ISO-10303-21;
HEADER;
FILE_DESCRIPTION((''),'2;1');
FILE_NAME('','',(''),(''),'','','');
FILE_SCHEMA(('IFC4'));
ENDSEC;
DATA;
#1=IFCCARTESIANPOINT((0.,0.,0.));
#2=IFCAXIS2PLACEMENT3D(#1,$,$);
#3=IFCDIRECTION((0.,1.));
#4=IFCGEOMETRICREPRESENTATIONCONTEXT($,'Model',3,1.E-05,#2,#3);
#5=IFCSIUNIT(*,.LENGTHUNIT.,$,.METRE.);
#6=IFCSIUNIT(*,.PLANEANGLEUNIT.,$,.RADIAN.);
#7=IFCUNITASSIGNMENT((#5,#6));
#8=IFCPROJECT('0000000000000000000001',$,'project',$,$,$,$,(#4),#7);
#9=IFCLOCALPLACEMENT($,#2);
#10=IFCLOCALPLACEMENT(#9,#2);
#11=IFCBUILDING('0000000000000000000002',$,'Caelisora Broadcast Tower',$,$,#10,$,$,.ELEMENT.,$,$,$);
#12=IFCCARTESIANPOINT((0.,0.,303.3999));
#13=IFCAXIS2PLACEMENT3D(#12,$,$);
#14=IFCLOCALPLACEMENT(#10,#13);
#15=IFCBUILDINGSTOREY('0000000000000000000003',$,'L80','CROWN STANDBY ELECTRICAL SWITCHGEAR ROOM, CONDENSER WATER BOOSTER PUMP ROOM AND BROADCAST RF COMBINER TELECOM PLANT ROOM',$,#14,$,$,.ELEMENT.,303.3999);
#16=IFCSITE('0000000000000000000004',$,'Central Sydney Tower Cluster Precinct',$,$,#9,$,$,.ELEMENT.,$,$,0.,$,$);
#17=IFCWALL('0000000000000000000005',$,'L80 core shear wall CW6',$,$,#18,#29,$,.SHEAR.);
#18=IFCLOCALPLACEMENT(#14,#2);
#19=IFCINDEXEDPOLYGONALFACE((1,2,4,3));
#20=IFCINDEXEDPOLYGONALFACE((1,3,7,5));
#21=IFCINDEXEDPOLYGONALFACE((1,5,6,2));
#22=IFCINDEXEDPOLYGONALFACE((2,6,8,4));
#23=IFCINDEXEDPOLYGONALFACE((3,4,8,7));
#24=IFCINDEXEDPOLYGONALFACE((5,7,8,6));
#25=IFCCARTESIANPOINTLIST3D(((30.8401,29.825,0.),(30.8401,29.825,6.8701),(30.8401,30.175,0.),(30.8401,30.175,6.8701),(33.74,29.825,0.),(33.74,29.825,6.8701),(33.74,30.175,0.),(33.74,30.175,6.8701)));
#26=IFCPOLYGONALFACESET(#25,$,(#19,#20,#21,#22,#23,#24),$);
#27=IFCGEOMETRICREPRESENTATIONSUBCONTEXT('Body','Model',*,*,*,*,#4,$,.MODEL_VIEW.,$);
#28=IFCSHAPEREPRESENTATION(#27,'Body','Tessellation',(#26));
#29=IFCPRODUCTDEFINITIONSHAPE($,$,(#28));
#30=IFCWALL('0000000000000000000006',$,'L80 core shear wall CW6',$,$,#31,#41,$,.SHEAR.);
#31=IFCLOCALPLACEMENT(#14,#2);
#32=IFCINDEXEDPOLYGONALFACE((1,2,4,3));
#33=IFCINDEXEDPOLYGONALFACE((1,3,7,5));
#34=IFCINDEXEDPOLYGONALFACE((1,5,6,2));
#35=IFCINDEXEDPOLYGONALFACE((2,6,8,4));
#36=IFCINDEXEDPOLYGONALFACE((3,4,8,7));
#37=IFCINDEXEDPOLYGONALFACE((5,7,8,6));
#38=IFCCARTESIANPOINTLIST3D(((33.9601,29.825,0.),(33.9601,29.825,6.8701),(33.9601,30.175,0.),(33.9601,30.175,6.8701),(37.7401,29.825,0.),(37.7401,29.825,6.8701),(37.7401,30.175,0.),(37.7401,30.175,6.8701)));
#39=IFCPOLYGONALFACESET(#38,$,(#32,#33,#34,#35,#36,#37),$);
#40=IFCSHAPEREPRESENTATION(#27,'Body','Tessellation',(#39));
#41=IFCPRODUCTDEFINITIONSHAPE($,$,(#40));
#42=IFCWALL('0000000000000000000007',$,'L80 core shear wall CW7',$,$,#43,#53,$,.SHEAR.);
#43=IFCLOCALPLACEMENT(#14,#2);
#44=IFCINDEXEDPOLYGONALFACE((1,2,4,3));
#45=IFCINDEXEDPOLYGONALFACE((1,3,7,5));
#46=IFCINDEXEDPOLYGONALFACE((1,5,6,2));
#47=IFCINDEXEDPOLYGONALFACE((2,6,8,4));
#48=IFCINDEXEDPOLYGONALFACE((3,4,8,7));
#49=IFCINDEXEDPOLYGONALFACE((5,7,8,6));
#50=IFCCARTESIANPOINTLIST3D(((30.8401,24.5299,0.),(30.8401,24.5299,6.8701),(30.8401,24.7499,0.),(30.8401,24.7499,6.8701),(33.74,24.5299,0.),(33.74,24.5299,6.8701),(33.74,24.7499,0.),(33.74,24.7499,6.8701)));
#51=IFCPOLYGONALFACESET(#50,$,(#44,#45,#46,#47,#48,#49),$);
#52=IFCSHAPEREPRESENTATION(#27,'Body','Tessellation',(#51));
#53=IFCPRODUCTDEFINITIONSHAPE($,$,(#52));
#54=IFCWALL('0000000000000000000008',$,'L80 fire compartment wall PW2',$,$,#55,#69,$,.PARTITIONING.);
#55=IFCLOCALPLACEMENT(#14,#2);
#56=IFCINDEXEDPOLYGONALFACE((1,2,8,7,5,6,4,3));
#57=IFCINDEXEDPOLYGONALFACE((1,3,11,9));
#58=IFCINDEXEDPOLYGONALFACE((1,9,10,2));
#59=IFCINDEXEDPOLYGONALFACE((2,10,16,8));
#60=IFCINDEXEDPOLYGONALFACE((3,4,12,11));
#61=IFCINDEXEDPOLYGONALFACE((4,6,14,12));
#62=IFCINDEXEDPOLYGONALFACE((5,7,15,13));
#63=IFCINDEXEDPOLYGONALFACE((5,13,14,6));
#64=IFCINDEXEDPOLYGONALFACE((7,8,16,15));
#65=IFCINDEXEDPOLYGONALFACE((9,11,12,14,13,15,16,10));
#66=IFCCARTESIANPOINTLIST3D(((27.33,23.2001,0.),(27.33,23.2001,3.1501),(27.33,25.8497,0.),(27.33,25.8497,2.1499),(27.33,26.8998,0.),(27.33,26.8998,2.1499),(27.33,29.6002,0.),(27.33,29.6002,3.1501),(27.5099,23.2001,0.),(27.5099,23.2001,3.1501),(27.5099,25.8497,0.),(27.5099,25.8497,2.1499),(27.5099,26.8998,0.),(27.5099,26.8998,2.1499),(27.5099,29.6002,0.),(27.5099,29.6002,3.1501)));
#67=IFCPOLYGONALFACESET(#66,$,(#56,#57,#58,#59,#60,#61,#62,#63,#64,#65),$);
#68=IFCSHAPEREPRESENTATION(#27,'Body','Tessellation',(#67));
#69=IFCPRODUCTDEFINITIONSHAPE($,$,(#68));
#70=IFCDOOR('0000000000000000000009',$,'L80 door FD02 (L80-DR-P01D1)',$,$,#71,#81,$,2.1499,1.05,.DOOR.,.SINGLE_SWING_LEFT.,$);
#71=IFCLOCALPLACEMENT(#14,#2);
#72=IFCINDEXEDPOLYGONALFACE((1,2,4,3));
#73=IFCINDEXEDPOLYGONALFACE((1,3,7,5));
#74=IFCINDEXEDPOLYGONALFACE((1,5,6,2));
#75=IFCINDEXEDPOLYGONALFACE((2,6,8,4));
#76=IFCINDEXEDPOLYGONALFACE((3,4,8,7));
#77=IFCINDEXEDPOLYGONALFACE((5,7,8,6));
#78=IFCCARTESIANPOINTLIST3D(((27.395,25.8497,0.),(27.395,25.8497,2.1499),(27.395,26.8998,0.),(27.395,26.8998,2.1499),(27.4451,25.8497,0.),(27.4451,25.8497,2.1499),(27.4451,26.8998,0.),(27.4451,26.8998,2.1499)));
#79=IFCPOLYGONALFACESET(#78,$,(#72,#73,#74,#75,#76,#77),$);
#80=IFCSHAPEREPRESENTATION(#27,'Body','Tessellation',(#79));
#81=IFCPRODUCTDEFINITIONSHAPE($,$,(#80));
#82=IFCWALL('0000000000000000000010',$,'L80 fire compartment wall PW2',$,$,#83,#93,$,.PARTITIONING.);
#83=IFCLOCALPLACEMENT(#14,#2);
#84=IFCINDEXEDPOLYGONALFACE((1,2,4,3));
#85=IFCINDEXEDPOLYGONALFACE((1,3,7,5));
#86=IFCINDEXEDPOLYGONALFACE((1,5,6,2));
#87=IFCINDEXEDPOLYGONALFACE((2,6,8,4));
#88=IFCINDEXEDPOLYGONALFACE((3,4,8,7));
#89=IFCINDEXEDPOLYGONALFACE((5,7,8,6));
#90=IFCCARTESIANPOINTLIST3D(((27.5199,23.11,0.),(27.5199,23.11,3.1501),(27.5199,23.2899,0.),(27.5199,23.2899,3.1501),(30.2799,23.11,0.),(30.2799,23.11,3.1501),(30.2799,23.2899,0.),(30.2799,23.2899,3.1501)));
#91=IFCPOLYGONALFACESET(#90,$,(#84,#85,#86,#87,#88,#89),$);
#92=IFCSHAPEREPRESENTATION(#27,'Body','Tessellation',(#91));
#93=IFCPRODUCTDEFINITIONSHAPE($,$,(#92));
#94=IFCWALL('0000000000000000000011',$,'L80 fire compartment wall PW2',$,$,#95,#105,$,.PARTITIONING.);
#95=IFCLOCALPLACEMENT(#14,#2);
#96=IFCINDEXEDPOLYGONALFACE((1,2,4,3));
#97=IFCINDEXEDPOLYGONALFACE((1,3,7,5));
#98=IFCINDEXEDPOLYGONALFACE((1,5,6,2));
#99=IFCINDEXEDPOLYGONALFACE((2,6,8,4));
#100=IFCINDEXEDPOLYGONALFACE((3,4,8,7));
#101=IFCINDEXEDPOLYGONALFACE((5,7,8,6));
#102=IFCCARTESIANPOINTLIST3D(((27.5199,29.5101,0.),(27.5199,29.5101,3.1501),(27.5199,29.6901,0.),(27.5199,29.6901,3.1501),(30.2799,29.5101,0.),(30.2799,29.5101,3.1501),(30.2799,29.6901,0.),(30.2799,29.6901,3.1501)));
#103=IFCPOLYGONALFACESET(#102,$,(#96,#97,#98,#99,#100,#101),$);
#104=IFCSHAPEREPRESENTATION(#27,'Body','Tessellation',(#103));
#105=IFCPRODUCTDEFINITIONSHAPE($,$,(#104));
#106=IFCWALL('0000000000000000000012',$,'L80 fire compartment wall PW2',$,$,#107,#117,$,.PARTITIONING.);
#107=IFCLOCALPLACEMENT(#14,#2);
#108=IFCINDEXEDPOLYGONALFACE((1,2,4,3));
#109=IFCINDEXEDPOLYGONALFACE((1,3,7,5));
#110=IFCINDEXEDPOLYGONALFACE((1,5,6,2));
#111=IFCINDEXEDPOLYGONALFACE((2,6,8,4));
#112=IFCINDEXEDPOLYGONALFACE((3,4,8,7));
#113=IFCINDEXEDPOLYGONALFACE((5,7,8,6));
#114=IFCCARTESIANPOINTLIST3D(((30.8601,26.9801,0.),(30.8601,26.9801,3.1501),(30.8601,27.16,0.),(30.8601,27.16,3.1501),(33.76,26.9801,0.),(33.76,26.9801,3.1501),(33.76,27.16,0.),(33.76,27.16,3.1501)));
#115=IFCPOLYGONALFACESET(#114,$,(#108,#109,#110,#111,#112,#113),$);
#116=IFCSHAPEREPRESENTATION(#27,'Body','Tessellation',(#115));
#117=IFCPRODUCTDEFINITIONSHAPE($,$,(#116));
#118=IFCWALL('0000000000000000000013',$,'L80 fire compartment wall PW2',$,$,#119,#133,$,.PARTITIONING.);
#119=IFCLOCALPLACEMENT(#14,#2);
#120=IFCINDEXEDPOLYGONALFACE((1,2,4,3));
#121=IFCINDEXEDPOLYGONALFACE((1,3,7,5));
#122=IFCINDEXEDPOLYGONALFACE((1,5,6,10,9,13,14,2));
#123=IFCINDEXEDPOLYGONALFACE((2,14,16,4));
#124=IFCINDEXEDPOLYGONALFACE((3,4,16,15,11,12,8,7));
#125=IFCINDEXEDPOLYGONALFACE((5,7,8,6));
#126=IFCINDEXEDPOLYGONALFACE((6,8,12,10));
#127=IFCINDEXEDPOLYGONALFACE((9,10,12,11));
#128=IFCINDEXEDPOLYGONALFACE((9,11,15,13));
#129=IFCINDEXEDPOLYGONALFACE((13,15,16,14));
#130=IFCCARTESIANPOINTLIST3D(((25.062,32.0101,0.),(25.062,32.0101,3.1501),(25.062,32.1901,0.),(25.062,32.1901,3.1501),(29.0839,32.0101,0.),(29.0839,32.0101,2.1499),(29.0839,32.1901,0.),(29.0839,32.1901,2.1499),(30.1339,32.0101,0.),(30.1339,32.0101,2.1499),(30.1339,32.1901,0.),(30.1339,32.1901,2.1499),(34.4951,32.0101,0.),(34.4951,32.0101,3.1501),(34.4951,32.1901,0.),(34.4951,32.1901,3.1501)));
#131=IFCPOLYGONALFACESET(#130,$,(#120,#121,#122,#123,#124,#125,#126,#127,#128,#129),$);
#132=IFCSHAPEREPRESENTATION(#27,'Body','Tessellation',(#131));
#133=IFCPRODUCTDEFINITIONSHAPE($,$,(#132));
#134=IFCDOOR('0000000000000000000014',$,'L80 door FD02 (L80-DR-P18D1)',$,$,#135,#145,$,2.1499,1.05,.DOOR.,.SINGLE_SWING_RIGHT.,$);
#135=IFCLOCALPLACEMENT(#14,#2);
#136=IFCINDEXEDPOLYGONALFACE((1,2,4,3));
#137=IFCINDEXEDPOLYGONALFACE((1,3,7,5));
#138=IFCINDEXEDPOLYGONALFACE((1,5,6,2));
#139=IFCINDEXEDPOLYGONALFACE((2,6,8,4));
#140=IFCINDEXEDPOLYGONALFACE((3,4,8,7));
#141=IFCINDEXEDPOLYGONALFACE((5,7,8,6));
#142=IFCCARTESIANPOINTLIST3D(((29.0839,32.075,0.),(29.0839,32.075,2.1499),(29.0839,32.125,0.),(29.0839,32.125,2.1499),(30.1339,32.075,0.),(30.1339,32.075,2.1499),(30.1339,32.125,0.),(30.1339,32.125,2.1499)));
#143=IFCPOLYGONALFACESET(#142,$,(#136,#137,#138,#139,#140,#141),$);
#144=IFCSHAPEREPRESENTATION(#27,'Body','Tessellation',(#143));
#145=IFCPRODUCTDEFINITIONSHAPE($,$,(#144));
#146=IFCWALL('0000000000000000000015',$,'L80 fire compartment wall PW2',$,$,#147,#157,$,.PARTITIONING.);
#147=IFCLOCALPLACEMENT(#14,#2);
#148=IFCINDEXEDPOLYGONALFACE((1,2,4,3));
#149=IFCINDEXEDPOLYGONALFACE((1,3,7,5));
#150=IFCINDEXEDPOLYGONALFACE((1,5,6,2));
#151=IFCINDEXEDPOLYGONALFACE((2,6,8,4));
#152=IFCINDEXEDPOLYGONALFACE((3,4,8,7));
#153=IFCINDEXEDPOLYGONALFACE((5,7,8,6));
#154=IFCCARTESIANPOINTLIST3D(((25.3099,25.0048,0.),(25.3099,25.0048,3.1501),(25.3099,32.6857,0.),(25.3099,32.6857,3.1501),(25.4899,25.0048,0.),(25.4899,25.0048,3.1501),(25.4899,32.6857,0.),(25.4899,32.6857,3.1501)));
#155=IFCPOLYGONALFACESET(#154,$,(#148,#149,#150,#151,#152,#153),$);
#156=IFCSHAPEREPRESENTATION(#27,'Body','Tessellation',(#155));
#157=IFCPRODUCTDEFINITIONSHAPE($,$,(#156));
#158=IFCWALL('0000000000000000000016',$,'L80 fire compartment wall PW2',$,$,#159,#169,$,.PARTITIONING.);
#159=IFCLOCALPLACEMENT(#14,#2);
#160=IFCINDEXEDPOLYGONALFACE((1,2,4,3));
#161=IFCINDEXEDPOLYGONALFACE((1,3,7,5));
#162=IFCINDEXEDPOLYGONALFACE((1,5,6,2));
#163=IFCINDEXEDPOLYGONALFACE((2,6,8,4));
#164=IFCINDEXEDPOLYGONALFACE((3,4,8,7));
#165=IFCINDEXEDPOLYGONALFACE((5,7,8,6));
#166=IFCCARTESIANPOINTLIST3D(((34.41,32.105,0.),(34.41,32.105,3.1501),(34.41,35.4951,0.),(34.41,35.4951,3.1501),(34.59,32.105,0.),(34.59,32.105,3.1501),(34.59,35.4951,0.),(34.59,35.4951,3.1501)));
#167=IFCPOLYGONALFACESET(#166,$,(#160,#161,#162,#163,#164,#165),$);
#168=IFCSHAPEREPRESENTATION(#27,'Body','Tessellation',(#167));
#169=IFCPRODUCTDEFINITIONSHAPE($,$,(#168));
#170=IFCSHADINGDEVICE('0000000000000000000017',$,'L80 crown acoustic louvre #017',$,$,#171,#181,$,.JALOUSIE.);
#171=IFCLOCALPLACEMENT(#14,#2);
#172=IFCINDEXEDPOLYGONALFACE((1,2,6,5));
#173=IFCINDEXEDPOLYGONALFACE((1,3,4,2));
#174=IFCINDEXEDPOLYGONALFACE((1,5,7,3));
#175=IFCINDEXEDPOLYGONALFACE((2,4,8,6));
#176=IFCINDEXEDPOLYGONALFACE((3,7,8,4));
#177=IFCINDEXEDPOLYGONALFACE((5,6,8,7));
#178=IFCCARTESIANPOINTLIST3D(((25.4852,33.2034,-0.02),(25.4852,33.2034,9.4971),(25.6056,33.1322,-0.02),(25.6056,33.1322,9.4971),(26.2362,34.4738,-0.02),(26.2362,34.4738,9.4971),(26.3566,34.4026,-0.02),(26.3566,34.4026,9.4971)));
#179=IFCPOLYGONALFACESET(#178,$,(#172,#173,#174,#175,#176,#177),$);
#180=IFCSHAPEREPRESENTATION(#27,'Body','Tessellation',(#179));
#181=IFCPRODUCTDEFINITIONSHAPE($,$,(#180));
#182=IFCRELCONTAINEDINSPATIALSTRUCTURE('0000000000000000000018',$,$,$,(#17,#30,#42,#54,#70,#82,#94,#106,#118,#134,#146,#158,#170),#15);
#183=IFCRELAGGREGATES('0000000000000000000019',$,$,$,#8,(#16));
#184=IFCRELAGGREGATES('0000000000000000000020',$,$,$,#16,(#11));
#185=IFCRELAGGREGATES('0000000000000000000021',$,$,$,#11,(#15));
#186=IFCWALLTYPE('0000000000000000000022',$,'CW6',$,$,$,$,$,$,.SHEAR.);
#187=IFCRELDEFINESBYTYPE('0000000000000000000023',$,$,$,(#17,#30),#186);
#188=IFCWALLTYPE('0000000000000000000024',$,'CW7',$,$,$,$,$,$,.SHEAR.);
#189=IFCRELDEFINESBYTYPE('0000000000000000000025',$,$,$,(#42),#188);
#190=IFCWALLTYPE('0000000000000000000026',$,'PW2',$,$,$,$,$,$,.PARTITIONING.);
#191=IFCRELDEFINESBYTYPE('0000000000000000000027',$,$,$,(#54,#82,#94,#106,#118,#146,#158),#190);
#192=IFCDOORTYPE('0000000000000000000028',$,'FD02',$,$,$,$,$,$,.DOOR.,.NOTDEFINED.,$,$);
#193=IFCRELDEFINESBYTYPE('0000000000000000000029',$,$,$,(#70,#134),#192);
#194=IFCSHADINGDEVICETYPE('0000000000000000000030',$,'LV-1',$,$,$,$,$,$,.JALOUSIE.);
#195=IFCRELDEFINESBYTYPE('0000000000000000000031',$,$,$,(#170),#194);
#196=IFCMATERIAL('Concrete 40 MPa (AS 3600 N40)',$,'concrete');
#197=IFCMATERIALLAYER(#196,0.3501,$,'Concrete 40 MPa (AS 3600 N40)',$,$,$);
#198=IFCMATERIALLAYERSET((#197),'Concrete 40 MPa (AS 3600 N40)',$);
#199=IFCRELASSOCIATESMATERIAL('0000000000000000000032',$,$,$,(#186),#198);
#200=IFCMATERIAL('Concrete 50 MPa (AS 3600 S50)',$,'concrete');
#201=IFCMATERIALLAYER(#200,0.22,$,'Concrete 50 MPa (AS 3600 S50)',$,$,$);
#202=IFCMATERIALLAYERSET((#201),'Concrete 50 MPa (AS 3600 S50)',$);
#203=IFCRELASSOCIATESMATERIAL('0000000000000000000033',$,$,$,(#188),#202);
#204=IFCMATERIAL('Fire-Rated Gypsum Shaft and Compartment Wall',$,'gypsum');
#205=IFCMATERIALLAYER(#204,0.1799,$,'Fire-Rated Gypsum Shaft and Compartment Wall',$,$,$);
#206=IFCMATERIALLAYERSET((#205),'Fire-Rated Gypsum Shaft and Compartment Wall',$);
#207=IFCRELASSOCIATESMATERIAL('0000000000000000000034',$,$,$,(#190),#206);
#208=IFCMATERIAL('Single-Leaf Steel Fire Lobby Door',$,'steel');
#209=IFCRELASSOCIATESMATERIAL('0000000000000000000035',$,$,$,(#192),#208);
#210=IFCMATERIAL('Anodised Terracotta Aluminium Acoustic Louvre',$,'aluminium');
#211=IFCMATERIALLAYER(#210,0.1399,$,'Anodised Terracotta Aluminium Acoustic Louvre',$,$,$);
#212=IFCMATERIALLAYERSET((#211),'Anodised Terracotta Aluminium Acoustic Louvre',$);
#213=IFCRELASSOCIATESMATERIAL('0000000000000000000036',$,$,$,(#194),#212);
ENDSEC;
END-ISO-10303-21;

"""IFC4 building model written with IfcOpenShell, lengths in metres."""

from ifc_helpers import new_model, si_unit, direction, frame, frame_2d, origin, origin_2d, place, context, subcontext, project, spatial, rectangle, extrude, source, transform, mapped, material, layer, layer_set, type_object, element, fill, save


model = new_model("IFC4")

# Units and contexts
model_context = context("Model", 3, precision=1e-05, world=origin(), true_north=direction((0.0, 1.0)))
body_context = subcontext(model_context, "Body", "Model", "MODEL_VIEW")
ifc_project = project(units=[si_unit("LENGTHUNIT", "METRE"), si_unit("PLANEANGLEUNIT", "RADIAN")], contexts=[model_context])

# Site, building, storey
site_placement = place(None, origin())
site = spatial("IfcSite", under=ifc_project, at=site_placement, Name="Central Sydney Tower Cluster Precinct", CompositionType="ELEMENT", RefElevation=0.0)
building_placement = place(site_placement, origin())
building = spatial("IfcBuilding", under=site, at=building_placement, Name="Caelisora Broadcast Tower", CompositionType="ELEMENT")
storey_placement = place(building_placement, frame((0.0, 0.0, 303.3999)))
storey = spatial("IfcBuildingStorey", under=building, at=storey_placement, Name="L80", Description="CROWN STANDBY ELECTRICAL SWITCHGEAR ROOM, CONDENSER WATER BOOSTER PUMP ROOM AND BROADCAST RF COMBINER TELECOM PLANT ROOM", CompositionType="ELEMENT", Elevation=303.3999)

# Walls
ifc_material_1 = material(Name="Concrete 40 MPa (AS 3600 N40)", Category="concrete")
ifc_layer_1 = layer(ifc_material_1, 0.3501, Name="Concrete 40 MPa (AS 3600 N40)")
ifc_layer_set_1 = layer_set([ifc_layer_1], Name="Concrete 40 MPa (AS 3600 N40)")
wall_type_1 = type_object("IfcWallType", Name="CW6", PredefinedType="SHEAR", material=ifc_layer_set_1)
wall_1_placement = place(storey_placement, frame((30.8401, 30.0, 0.0), z_axis=(0.0, 0.0, 1.0), x_axis=(1.0, 0.0, 0.0)))
element("IfcWall", 1, at=wall_1_placement, inside=storey, type_object=wall_type_1, Name="L80 core shear wall CW6", PredefinedType="SHEAR", context=body_context, shape_type="SweptSolid", body=[
    extrude(rectangle(XDim=2.8999, YDim=0.3501, at=frame_2d((1.45, 0.0))), origin(), (0.0, 0.0, 1.0), 6.8701),
])
wall_2_placement = place(storey_placement, frame((33.96, 30.0, 0.0), z_axis=(0.0, 0.0, 1.0), x_axis=(1.0, 0.0, 0.0)))
element("IfcWall", 2, at=wall_2_placement, inside=storey, type_object=wall_type_1, Name="L80 core shear wall CW6", PredefinedType="SHEAR", context=body_context, shape_type="SweptSolid", body=[
    extrude(rectangle(XDim=3.78, YDim=0.3501, at=frame_2d((1.8901, 0.0))), origin(), (0.0, 0.0, 1.0), 6.8701),
])
ifc_material_2 = material(Name="Concrete 50 MPa (AS 3600 S50)", Category="concrete")
ifc_layer_2 = layer(ifc_material_2, 0.22, Name="Concrete 50 MPa (AS 3600 S50)")
ifc_layer_set_2 = layer_set([ifc_layer_2], Name="Concrete 50 MPa (AS 3600 S50)")
wall_type_2 = type_object("IfcWallType", Name="CW7", PredefinedType="SHEAR", material=ifc_layer_set_2)
wall_3_placement = place(storey_placement, frame((30.8401, 24.6399, 0.0), z_axis=(0.0, 0.0, 1.0), x_axis=(1.0, 0.0, 0.0)))
element("IfcWall", 3, at=wall_3_placement, inside=storey, type_object=wall_type_2, Name="L80 core shear wall CW7", PredefinedType="SHEAR", context=body_context, shape_type="SweptSolid", body=[
    extrude(rectangle(XDim=2.8999, YDim=0.22, at=frame_2d((1.45, 0.0))), origin(), (0.0, 0.0, 1.0), 6.8701),
])

# Wall, opening, door
ifc_material_3 = material(Name="Fire-Rated Gypsum Shaft and Compartment Wall", Category="gypsum")
ifc_layer_3 = layer(ifc_material_3, 0.1799, Name="Fire-Rated Gypsum Shaft and Compartment Wall")
ifc_layer_set_3 = layer_set([ifc_layer_3], Name="Fire-Rated Gypsum Shaft and Compartment Wall")
wall_type_3 = type_object("IfcWallType", Name="PW2", PredefinedType="PARTITIONING", material=ifc_layer_set_3)
wall_4_placement = place(storey_placement, frame((27.4199, 23.2, 0.0), z_axis=(0.0, 0.0, 1.0), x_axis=(0.0, 1.0, 0.0)))
wall_4 = element("IfcWall", 4, at=wall_4_placement, inside=storey, type_object=wall_type_3, Name="L80 fire compartment wall PW2", PredefinedType="PARTITIONING", context=body_context, shape_type="SweptSolid", body=[
    extrude(rectangle(XDim=6.4001, YDim=0.1799, at=frame_2d((3.2002, 0.0))), origin(), (0.0, 0.0, 1.0), 3.1501),
])
opening_1_placement = place(wall_4_placement, frame((2.6499, 0.0, 0.0)))
opening_1 = element("IfcOpeningElement", 5, at=opening_1_placement, cuts=wall_4, PredefinedType="OPENING", context=body_context, shape_type="SweptSolid", body=[
    extrude(rectangle(XDim=1.05, YDim=2.1499, at=frame_2d((0.5249, 1.075))), frame((0.0, 0.1021, 0.0), z_axis=(0.0, -1.0, 0.0), x_axis=(1.0, 0.0, 0.0)), (0.0, 0.0, 1.0), 0.2039),
])
ifc_material_4 = material(Name="Single-Leaf Steel Fire Lobby Door", Category="steel")
door_type = type_object("IfcDoorType", Name="FD02", OperationType="NOTDEFINED", PredefinedType="DOOR", material=ifc_material_4)
door_1_placement = place(opening_1_placement, origin())
door_1 = element("IfcDoor", 6, at=door_1_placement, inside=storey, type_object=door_type, Name="L80 door FD02 (L80-DR-P01D1)", OperationType="SINGLE_SWING_LEFT", OverallHeight=2.1499, OverallWidth=1.05, PredefinedType="DOOR", context=body_context, shape_type="SweptSolid", body=[
    extrude(rectangle(XDim=1.05, YDim=2.1499, at=frame_2d((0.5249, 1.075))), frame((0.0, 0.0249, 0.0), z_axis=(0.0, -1.0, 0.0), x_axis=(1.0, 0.0, 0.0)), (0.0, 0.0, 1.0), 0.05),
])
fill(opening_1, door_1)

# Walls
for number, where, z_axis, x_axis, name in (
    (7, (27.52, 23.2, 0.0), (0.0, 0.0, 1.0), (1.0, 0.0, 0.0), "L80 fire compartment wall PW2"),
    (8, (27.52, 29.6001, 0.0), (0.0, 0.0, 1.0), (1.0, 0.0, 0.0), "L80 fire compartment wall PW2"),
):
    element("IfcWall", number, at=place(storey_placement, frame(where, z_axis=z_axis, x_axis=x_axis)), inside=storey, type_object=wall_type_3, Name=name, PredefinedType="PARTITIONING", context=body_context, shape_type="SweptSolid", body=[
        extrude(rectangle(XDim=2.76, YDim=0.1799, at=frame_2d((1.3799, 0.0))), origin(), (0.0, 0.0, 1.0), 3.1501),
    ])
wall_5_placement = place(storey_placement, frame((30.8601, 27.0701, 0.0), z_axis=(0.0, 0.0, 1.0), x_axis=(1.0, 0.0, 0.0)))
element("IfcWall", 9, at=wall_5_placement, inside=storey, type_object=wall_type_3, Name="L80 fire compartment wall PW2", PredefinedType="PARTITIONING", context=body_context, shape_type="SweptSolid", body=[
    extrude(rectangle(XDim=2.8999, YDim=0.1799, at=frame_2d((1.45, 0.0))), origin(), (0.0, 0.0, 1.0), 3.1501),
])

# Wall, opening, door
wall_6_placement = place(storey_placement, frame((25.062, 32.1001, 0.0), z_axis=(0.0, 0.0, 1.0), x_axis=(1.0, 0.0, 0.0)))
wall_6 = element("IfcWall", 10, at=wall_6_placement, inside=storey, type_object=wall_type_3, Name="L80 fire compartment wall PW2", PredefinedType="PARTITIONING", context=body_context, shape_type="SweptSolid", body=[
    extrude(rectangle(XDim=9.4331, YDim=0.1799, at=frame_2d((4.7166, 0.0))), origin(), (0.0, 0.0, 1.0), 3.1501),
])
opening_2_placement = place(wall_6_placement, frame((4.022, 0.0, 0.0)))
opening_2 = element("IfcOpeningElement", 11, at=opening_2_placement, cuts=wall_6, PredefinedType="OPENING", context=body_context, shape_type="SweptSolid", body=[
    extrude(rectangle(XDim=1.05, YDim=2.1499, at=frame_2d((0.5249, 1.075))), frame((0.0, 0.1021, 0.0), z_axis=(0.0, -1.0, 0.0), x_axis=(1.0, 0.0, 0.0)), (0.0, 0.0, 1.0), 0.2039),
])
door_2_placement = place(opening_2_placement, origin())
door_2 = element("IfcDoor", 12, at=door_2_placement, inside=storey, type_object=door_type, Name="L80 door FD02 (L80-DR-P18D1)", OperationType="SINGLE_SWING_RIGHT", OverallHeight=2.1499, OverallWidth=1.05, PredefinedType="DOOR", context=body_context, shape_type="SweptSolid", body=[
    extrude(rectangle(XDim=1.05, YDim=2.1499, at=frame_2d((0.5249, 1.075))), frame((0.0, 0.0249, 0.0), z_axis=(0.0, -1.0, 0.0), x_axis=(1.0, 0.0, 0.0)), (0.0, 0.0, 1.0), 0.05),
])
fill(opening_2, door_2)

# Wall
wall_7_placement = place(storey_placement, frame((25.3999, 25.0049, 0.0), z_axis=(0.0, 0.0, 1.0), x_axis=(0.0, 1.0, 0.0)))
element("IfcWall", 13, at=wall_7_placement, inside=storey, type_object=wall_type_3, Name="L80 fire compartment wall PW2", PredefinedType="PARTITIONING", context=body_context, shape_type="SweptSolid", body=[
    extrude(rectangle(XDim=7.6809, YDim=0.1799, at=frame_2d((3.8403, 0.0))), origin(), (0.0, 0.0, 1.0), 3.1501),
])

# Wall
wall_8_placement = place(storey_placement, frame((34.5, 32.105, 0.0), z_axis=(0.0, 0.0, 1.0), x_axis=(0.0, 1.0, 0.0)))
element("IfcWall", 14, at=wall_8_placement, inside=storey, type_object=wall_type_3, Name="L80 fire compartment wall PW2", PredefinedType="PARTITIONING", context=body_context, shape_type="SweptSolid", body=[
    extrude(rectangle(XDim=3.3901, YDim=0.1799, at=frame_2d((1.6951, 0.0))), origin(), (0.0, 0.0, 1.0), 3.1501),
])

# Shading device
ifc_material_5 = material(Name="Anodised Terracotta Aluminium Acoustic Louvre", Category="aluminium")
ifc_layer_4 = layer(ifc_material_5, 0.1399, Name="Anodised Terracotta Aluminium Acoustic Louvre")
ifc_layer_set_4 = layer_set([ifc_layer_4], Name="Anodised Terracotta Aluminium Acoustic Louvre")
shading_device_type = type_object("IfcShadingDeviceType", Name="LV-1", PredefinedType="JALOUSIE", material=ifc_layer_set_4)
shared_shape_1 = source(origin(), body_context, "Body", "SweptSolid", [
    extrude(rectangle(XDim=1.4758, YDim=0.1399, at=origin_2d()), origin(), (0.0, 0.0, 1.0), 9.5171),
])
shading_device_1_placement = place(storey_placement, frame((25.9209, 33.803, -0.02), z_axis=(0.0, 0.0, 1.0), x_axis=(-0.508891, -0.860831, 0.0)))
element("IfcShadingDevice", 15, at=shading_device_1_placement, inside=storey, type_object=shading_device_type, Name="L80 crown acoustic louvre #017", PredefinedType="JALOUSIE", context=body_context, shape_type="MappedRepresentation", body=[
    mapped(shared_shape_1, transform((0.0, 0.0, 0.0), scale=1.0)),
])

save(model, "model.ifc")
